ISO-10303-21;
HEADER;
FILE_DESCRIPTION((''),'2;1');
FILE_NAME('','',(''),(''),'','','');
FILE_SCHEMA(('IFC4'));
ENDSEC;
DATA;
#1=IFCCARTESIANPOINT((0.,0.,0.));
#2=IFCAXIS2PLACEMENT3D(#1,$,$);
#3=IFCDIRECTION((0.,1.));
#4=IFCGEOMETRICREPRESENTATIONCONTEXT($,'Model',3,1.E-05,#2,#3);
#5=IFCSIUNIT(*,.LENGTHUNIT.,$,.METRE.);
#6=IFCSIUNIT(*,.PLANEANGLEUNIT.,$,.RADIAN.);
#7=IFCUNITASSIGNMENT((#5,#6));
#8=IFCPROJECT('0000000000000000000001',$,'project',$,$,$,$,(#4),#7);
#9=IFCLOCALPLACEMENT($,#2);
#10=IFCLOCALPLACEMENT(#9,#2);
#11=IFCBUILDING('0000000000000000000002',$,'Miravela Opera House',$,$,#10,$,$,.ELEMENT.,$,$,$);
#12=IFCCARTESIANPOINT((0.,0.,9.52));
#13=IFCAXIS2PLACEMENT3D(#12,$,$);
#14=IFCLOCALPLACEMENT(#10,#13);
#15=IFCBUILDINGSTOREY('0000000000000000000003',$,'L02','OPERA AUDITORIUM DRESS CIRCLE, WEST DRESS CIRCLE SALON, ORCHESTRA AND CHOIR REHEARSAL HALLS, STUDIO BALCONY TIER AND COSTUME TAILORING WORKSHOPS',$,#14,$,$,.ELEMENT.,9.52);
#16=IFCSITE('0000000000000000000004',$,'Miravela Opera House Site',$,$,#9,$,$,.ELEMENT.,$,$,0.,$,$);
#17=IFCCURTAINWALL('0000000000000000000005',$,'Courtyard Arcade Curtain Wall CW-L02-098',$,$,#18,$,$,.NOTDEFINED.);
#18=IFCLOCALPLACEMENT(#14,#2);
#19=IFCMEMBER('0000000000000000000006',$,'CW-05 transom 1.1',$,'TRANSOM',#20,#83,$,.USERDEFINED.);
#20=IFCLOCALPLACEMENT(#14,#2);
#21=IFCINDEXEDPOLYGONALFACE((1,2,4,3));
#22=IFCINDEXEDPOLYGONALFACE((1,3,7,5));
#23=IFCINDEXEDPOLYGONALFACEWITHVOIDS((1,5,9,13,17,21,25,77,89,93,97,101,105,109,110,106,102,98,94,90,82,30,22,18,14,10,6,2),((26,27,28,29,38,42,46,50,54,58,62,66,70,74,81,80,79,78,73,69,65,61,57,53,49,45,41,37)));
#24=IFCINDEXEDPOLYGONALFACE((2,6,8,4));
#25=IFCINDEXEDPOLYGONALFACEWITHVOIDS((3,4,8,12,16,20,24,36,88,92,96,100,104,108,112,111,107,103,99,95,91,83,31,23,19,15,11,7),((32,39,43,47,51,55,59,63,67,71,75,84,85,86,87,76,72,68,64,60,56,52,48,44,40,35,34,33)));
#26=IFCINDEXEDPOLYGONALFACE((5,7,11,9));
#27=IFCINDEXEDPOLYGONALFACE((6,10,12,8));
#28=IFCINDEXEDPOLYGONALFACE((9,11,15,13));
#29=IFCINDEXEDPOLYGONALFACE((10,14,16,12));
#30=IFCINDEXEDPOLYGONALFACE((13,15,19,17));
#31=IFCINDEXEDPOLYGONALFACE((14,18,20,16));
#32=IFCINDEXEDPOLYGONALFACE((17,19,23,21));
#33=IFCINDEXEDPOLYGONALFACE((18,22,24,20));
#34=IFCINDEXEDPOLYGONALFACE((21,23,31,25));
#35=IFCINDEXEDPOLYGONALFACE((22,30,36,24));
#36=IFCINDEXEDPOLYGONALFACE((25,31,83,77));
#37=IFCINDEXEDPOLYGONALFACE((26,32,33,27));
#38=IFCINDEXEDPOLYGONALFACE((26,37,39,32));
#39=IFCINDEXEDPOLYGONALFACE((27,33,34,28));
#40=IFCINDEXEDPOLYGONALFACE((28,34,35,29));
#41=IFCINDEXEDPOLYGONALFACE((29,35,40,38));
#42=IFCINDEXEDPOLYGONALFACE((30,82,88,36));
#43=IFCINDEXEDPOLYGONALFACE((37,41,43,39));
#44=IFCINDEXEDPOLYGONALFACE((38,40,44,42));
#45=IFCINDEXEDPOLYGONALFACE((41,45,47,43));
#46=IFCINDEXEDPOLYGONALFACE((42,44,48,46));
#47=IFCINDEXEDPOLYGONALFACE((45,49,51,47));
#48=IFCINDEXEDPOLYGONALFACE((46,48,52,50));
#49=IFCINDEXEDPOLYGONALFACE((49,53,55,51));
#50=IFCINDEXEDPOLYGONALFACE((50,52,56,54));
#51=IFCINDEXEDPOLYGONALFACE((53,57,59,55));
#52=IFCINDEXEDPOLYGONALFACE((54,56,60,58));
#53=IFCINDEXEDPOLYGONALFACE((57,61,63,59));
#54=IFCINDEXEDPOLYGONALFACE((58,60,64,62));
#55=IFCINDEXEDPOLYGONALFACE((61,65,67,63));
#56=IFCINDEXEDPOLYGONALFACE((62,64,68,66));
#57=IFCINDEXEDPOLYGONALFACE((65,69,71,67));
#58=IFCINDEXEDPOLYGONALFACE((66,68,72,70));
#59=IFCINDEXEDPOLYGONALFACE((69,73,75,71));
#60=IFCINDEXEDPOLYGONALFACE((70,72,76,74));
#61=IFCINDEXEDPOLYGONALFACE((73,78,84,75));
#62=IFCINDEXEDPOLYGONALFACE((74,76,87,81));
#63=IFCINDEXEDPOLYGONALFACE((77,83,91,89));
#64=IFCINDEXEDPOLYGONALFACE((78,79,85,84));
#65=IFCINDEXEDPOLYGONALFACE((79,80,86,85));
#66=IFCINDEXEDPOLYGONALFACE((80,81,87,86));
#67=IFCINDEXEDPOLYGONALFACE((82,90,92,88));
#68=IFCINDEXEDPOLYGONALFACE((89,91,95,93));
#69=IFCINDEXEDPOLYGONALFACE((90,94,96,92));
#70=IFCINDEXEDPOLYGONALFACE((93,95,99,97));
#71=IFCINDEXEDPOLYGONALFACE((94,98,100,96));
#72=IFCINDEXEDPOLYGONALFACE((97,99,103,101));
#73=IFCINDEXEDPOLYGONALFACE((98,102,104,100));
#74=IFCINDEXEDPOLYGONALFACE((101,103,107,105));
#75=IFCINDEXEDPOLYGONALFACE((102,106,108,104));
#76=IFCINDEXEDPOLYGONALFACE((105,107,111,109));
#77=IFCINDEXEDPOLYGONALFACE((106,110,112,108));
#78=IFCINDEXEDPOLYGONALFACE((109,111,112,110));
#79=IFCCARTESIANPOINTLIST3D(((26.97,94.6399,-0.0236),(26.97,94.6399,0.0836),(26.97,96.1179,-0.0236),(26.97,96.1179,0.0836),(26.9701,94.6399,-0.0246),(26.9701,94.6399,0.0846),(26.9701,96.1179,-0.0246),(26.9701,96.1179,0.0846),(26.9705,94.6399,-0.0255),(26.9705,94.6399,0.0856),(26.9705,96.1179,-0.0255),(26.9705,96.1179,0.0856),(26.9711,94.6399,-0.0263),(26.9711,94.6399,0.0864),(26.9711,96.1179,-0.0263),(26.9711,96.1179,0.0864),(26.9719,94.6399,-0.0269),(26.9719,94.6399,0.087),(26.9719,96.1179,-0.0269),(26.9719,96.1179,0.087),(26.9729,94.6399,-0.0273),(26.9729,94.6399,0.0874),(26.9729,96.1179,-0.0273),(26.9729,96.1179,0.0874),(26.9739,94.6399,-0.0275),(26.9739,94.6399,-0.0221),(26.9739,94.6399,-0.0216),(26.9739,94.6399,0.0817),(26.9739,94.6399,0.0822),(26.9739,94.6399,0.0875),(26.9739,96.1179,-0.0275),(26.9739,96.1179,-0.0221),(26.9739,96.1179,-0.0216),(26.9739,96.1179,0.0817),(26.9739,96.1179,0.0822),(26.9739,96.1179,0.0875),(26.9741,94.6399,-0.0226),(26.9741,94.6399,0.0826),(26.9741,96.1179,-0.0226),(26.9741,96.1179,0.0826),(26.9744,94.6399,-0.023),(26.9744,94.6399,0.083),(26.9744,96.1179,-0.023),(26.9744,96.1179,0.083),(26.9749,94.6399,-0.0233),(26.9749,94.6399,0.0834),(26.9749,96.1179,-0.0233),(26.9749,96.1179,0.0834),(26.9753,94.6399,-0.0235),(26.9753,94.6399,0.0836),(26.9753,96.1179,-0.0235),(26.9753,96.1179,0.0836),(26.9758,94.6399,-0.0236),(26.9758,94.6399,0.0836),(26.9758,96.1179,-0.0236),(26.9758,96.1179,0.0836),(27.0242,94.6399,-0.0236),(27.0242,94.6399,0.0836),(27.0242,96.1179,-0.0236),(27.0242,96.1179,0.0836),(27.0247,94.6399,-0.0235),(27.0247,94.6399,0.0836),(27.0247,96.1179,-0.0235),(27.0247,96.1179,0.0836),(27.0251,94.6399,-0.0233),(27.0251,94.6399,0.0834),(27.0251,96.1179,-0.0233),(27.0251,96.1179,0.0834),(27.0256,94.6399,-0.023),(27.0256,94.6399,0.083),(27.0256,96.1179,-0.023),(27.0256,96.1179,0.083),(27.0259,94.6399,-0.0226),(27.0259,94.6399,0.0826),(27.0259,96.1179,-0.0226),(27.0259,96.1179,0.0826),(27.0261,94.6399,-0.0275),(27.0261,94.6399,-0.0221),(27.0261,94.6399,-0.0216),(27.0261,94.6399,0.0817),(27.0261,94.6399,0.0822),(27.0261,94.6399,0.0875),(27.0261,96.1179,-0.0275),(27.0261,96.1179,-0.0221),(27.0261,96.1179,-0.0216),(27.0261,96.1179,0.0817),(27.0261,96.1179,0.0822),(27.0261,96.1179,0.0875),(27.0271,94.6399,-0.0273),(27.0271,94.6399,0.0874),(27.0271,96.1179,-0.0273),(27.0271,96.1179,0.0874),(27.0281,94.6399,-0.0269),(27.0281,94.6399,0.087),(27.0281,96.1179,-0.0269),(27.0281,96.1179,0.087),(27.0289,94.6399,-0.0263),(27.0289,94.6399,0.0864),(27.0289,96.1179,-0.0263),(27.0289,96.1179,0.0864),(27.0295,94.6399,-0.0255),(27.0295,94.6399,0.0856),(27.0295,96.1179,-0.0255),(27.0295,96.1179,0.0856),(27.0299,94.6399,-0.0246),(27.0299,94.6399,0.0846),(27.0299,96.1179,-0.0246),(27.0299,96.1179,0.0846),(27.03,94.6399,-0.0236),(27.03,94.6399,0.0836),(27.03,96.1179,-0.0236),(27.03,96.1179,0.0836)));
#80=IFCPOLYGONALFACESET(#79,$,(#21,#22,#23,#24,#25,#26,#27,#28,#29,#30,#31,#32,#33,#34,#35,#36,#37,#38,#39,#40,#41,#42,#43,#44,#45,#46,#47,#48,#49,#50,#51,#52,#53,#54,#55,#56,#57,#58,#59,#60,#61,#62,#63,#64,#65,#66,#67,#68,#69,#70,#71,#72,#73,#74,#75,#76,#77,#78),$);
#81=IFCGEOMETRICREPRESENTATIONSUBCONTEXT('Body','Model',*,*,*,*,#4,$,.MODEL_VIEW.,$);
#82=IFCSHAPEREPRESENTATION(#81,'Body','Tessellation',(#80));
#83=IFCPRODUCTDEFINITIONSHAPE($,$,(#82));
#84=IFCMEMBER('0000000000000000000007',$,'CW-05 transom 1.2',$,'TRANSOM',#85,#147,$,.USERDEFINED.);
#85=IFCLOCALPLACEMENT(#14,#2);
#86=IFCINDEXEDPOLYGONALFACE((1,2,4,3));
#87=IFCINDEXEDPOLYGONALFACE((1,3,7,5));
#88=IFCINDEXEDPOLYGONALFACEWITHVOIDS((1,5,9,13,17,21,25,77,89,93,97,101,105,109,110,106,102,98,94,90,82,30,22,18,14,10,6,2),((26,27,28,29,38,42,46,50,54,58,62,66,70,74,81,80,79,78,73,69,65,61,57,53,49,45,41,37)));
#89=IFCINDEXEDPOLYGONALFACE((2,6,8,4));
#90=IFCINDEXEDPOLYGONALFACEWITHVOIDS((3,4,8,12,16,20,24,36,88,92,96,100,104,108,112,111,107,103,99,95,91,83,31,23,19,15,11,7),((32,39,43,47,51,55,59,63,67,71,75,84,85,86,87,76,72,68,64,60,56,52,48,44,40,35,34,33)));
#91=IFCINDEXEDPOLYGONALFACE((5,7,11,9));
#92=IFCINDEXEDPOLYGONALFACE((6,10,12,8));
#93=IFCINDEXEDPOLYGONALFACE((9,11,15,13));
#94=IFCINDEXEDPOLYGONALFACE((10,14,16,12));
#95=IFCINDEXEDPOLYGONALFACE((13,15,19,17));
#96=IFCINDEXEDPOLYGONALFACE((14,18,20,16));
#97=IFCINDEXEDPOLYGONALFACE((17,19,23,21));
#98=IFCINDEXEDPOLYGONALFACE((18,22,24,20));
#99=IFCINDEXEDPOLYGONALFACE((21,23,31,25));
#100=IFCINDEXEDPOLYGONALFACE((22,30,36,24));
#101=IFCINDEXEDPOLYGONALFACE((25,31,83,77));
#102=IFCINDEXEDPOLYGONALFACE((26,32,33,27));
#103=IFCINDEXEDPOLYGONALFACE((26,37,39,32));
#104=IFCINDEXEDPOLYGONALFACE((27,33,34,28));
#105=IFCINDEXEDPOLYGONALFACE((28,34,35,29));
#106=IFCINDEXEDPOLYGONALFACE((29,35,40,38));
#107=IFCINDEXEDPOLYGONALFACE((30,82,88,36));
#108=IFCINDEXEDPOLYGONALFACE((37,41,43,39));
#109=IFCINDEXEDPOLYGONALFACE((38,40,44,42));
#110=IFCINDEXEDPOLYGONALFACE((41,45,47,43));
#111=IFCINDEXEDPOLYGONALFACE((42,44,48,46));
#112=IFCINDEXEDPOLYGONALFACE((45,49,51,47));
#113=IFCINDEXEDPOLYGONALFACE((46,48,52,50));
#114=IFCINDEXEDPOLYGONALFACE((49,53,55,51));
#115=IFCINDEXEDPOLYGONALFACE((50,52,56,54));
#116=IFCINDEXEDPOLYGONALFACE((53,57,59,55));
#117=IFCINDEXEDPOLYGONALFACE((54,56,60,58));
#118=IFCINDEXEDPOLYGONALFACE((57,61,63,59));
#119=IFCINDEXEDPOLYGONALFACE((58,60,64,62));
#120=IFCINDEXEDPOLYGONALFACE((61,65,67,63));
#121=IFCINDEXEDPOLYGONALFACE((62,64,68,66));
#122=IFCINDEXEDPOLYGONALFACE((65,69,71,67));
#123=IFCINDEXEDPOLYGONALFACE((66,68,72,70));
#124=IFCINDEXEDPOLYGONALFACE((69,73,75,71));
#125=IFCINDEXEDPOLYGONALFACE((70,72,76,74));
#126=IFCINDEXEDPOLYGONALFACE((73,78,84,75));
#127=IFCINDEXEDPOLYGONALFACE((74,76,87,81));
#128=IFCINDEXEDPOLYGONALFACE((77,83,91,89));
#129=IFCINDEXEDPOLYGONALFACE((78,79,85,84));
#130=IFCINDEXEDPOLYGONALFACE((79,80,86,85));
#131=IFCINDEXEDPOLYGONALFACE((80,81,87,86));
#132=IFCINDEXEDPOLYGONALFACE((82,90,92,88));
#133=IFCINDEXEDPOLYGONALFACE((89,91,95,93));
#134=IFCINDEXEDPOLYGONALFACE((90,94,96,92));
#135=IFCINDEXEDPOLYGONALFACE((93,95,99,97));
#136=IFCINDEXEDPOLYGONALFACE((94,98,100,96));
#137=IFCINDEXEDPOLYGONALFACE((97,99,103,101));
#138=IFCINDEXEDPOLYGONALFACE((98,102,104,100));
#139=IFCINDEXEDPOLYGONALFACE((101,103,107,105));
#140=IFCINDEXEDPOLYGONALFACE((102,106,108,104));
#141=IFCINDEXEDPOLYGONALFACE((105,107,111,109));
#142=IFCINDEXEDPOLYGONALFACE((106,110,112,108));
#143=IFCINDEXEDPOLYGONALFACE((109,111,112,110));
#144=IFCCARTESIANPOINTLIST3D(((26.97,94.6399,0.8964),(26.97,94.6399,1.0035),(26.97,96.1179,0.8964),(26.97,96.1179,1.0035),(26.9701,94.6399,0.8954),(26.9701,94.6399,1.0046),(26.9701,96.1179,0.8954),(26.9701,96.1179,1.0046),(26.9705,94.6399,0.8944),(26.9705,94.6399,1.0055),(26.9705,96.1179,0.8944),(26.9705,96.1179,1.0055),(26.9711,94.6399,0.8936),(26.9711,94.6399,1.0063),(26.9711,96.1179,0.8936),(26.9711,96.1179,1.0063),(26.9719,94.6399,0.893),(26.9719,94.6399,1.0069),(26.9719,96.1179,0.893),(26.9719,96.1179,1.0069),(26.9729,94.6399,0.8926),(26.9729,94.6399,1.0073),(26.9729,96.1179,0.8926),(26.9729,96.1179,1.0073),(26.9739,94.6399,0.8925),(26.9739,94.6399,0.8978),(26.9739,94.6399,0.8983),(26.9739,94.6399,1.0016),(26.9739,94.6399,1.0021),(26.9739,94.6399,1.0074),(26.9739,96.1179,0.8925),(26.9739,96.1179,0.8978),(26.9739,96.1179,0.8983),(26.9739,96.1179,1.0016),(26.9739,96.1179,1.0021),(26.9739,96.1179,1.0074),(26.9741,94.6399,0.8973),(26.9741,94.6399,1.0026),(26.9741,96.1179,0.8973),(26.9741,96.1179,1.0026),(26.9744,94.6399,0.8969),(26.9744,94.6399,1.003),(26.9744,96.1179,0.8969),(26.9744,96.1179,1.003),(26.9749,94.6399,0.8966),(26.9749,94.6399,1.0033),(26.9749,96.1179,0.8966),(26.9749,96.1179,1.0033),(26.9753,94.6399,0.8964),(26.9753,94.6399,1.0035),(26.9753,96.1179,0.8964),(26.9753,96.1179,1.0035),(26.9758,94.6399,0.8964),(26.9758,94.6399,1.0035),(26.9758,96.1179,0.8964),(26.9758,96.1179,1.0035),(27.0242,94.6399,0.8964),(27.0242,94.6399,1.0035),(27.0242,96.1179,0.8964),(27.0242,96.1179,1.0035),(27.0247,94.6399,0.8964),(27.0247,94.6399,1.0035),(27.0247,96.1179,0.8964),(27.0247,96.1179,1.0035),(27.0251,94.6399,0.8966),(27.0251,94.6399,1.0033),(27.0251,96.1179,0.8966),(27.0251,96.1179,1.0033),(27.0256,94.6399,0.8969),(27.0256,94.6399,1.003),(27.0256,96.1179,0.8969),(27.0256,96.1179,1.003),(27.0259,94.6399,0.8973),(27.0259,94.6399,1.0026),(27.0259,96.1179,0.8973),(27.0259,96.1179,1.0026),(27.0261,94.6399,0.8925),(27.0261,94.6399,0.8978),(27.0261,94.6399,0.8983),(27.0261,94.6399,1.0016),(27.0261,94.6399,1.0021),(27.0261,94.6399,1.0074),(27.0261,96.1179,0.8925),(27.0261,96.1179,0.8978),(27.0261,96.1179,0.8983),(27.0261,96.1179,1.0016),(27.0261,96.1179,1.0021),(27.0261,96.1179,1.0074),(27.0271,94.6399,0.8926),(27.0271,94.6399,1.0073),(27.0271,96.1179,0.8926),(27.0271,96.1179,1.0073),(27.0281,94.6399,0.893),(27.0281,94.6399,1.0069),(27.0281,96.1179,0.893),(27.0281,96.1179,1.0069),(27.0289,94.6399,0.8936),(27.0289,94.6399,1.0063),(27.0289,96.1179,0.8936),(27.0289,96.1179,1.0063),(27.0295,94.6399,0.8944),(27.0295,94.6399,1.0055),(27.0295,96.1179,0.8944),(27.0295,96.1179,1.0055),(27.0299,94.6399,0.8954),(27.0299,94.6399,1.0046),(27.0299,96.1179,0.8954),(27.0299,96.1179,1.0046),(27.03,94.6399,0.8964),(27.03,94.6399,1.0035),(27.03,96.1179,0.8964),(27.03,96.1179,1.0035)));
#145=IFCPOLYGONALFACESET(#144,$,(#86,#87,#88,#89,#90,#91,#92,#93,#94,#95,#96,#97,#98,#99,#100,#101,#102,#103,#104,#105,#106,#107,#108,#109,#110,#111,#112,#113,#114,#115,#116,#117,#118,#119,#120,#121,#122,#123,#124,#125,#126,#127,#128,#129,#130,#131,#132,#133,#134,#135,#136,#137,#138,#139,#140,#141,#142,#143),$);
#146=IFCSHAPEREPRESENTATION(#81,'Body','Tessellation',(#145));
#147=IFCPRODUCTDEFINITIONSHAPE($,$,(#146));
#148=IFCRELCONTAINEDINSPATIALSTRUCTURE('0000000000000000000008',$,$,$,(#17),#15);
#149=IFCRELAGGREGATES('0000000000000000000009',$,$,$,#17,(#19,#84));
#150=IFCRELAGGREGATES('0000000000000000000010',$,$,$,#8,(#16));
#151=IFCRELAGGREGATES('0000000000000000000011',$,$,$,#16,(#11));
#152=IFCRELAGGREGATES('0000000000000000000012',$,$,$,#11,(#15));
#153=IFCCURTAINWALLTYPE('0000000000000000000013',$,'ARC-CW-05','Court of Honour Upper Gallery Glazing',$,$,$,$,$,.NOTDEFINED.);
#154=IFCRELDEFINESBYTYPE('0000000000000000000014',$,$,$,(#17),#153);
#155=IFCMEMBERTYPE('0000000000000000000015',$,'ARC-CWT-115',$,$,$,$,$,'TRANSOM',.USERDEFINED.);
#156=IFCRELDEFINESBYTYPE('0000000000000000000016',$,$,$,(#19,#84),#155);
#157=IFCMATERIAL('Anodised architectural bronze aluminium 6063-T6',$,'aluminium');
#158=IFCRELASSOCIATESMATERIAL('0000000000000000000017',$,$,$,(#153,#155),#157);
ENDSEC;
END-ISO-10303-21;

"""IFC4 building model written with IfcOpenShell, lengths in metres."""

from ifc_helpers import new_model, si_unit, direction, frame, origin, origin_2d, place, context, subcontext, project, spatial, hollow_rectangle, extrude, material, material_profile, profile_set, type_object, element, aggregate, save


model = new_model("IFC4")

# Units and contexts
model_context = context("Model", 3, precision=1e-05, world=origin(), true_north=direction((0.0, 1.0)))
body_context = subcontext(model_context, "Body", "Model", "MODEL_VIEW")
ifc_project = project(units=[si_unit("LENGTHUNIT", "METRE"), si_unit("PLANEANGLEUNIT", "RADIAN")], contexts=[model_context])

# Site, building, storey
site_placement = place(None, origin())
site = spatial("IfcSite", under=ifc_project, at=site_placement, Name="Miravela Opera House Site", CompositionType="ELEMENT", RefElevation=0.0)
building_placement = place(site_placement, origin())
building = spatial("IfcBuilding", under=site, at=building_placement, Name="Miravela Opera House", CompositionType="ELEMENT")
storey_placement = place(building_placement, frame((0.0, 0.0, 9.52)))
storey = spatial("IfcBuildingStorey", under=building, at=storey_placement, Name="L02", Description="OPERA AUDITORIUM DRESS CIRCLE, WEST DRESS CIRCLE SALON, ORCHESTRA AND CHOIR REHEARSAL HALLS, STUDIO BALCONY TIER AND COSTUME TAILORING WORKSHOPS", CompositionType="ELEMENT", Elevation=9.52)

# Curtain wall
ifc_material_1 = material(Name="Anodised architectural bronze aluminium 6063-T6", Category="aluminium")
curtain_wall_type = type_object("IfcCurtainWallType", Name="ARC-CW-05", Description="Court of Honour Upper Gallery Glazing", PredefinedType="NOTDEFINED", material=ifc_material_1)
curtain_wall_1_placement = place(storey_placement, origin())
curtain_wall_1 = element("IfcCurtainWall", 1, at=curtain_wall_1_placement, inside=storey, type_object=curtain_wall_type, Name="Courtyard Arcade Curtain Wall CW-L02-098", PredefinedType="NOTDEFINED")

# Members
ifc_material_profile_1 = material_profile(ifc_material_1, hollow_rectangle(XDim=0.0601, YDim=0.115, WallThickness=0.0039, InnerFilletRadius=0.002, OuterFilletRadius=0.0039, at=origin_2d()), Name="CWT-60X115")
ifc_profile_set_1 = profile_set([ifc_material_profile_1])
member_type_1 = type_object("IfcMemberType", Name="ARC-CWT-115", ElementType="TRANSOM", PredefinedType="USERDEFINED", material=ifc_profile_set_1)
member_1_placement = place(storey_placement, frame((27.0, 94.6399, 0.03), z_axis=(0.0, 1.0, 0.0), x_axis=(-1.0, 0.0, 0.0)))
member_1 = element("IfcMember", 2, at=member_1_placement, type_object=member_type_1, Name="CW-05 transom 1.1", ObjectType="TRANSOM", PredefinedType="USERDEFINED", context=body_context, shape_type="SweptSolid", body=[
    extrude(hollow_rectangle(XDim=0.0601, YDim=0.115, WallThickness=0.0039, InnerFilletRadius=0.002, OuterFilletRadius=0.0039, at=origin_2d()), origin(), (0.0, 0.0, 1.0), 1.478),
])
member_2_placement = place(storey_placement, frame((27.0, 94.6399, 0.95), z_axis=(0.0, 1.0, 0.0), x_axis=(-1.0, 0.0, 0.0)))
member_2 = element("IfcMember", 3, at=member_2_placement, type_object=member_type_1, Name="CW-05 transom 1.2", ObjectType="TRANSOM", PredefinedType="USERDEFINED", context=body_context, shape_type="SweptSolid", body=[
    extrude(hollow_rectangle(XDim=0.0601, YDim=0.115, WallThickness=0.0039, InnerFilletRadius=0.002, OuterFilletRadius=0.0039, at=origin_2d()), origin(), (0.0, 0.0, 1.0), 1.478),
])

aggregate(curtain_wall_1, [member_1, member_2])

save(model, "model.ifc")
